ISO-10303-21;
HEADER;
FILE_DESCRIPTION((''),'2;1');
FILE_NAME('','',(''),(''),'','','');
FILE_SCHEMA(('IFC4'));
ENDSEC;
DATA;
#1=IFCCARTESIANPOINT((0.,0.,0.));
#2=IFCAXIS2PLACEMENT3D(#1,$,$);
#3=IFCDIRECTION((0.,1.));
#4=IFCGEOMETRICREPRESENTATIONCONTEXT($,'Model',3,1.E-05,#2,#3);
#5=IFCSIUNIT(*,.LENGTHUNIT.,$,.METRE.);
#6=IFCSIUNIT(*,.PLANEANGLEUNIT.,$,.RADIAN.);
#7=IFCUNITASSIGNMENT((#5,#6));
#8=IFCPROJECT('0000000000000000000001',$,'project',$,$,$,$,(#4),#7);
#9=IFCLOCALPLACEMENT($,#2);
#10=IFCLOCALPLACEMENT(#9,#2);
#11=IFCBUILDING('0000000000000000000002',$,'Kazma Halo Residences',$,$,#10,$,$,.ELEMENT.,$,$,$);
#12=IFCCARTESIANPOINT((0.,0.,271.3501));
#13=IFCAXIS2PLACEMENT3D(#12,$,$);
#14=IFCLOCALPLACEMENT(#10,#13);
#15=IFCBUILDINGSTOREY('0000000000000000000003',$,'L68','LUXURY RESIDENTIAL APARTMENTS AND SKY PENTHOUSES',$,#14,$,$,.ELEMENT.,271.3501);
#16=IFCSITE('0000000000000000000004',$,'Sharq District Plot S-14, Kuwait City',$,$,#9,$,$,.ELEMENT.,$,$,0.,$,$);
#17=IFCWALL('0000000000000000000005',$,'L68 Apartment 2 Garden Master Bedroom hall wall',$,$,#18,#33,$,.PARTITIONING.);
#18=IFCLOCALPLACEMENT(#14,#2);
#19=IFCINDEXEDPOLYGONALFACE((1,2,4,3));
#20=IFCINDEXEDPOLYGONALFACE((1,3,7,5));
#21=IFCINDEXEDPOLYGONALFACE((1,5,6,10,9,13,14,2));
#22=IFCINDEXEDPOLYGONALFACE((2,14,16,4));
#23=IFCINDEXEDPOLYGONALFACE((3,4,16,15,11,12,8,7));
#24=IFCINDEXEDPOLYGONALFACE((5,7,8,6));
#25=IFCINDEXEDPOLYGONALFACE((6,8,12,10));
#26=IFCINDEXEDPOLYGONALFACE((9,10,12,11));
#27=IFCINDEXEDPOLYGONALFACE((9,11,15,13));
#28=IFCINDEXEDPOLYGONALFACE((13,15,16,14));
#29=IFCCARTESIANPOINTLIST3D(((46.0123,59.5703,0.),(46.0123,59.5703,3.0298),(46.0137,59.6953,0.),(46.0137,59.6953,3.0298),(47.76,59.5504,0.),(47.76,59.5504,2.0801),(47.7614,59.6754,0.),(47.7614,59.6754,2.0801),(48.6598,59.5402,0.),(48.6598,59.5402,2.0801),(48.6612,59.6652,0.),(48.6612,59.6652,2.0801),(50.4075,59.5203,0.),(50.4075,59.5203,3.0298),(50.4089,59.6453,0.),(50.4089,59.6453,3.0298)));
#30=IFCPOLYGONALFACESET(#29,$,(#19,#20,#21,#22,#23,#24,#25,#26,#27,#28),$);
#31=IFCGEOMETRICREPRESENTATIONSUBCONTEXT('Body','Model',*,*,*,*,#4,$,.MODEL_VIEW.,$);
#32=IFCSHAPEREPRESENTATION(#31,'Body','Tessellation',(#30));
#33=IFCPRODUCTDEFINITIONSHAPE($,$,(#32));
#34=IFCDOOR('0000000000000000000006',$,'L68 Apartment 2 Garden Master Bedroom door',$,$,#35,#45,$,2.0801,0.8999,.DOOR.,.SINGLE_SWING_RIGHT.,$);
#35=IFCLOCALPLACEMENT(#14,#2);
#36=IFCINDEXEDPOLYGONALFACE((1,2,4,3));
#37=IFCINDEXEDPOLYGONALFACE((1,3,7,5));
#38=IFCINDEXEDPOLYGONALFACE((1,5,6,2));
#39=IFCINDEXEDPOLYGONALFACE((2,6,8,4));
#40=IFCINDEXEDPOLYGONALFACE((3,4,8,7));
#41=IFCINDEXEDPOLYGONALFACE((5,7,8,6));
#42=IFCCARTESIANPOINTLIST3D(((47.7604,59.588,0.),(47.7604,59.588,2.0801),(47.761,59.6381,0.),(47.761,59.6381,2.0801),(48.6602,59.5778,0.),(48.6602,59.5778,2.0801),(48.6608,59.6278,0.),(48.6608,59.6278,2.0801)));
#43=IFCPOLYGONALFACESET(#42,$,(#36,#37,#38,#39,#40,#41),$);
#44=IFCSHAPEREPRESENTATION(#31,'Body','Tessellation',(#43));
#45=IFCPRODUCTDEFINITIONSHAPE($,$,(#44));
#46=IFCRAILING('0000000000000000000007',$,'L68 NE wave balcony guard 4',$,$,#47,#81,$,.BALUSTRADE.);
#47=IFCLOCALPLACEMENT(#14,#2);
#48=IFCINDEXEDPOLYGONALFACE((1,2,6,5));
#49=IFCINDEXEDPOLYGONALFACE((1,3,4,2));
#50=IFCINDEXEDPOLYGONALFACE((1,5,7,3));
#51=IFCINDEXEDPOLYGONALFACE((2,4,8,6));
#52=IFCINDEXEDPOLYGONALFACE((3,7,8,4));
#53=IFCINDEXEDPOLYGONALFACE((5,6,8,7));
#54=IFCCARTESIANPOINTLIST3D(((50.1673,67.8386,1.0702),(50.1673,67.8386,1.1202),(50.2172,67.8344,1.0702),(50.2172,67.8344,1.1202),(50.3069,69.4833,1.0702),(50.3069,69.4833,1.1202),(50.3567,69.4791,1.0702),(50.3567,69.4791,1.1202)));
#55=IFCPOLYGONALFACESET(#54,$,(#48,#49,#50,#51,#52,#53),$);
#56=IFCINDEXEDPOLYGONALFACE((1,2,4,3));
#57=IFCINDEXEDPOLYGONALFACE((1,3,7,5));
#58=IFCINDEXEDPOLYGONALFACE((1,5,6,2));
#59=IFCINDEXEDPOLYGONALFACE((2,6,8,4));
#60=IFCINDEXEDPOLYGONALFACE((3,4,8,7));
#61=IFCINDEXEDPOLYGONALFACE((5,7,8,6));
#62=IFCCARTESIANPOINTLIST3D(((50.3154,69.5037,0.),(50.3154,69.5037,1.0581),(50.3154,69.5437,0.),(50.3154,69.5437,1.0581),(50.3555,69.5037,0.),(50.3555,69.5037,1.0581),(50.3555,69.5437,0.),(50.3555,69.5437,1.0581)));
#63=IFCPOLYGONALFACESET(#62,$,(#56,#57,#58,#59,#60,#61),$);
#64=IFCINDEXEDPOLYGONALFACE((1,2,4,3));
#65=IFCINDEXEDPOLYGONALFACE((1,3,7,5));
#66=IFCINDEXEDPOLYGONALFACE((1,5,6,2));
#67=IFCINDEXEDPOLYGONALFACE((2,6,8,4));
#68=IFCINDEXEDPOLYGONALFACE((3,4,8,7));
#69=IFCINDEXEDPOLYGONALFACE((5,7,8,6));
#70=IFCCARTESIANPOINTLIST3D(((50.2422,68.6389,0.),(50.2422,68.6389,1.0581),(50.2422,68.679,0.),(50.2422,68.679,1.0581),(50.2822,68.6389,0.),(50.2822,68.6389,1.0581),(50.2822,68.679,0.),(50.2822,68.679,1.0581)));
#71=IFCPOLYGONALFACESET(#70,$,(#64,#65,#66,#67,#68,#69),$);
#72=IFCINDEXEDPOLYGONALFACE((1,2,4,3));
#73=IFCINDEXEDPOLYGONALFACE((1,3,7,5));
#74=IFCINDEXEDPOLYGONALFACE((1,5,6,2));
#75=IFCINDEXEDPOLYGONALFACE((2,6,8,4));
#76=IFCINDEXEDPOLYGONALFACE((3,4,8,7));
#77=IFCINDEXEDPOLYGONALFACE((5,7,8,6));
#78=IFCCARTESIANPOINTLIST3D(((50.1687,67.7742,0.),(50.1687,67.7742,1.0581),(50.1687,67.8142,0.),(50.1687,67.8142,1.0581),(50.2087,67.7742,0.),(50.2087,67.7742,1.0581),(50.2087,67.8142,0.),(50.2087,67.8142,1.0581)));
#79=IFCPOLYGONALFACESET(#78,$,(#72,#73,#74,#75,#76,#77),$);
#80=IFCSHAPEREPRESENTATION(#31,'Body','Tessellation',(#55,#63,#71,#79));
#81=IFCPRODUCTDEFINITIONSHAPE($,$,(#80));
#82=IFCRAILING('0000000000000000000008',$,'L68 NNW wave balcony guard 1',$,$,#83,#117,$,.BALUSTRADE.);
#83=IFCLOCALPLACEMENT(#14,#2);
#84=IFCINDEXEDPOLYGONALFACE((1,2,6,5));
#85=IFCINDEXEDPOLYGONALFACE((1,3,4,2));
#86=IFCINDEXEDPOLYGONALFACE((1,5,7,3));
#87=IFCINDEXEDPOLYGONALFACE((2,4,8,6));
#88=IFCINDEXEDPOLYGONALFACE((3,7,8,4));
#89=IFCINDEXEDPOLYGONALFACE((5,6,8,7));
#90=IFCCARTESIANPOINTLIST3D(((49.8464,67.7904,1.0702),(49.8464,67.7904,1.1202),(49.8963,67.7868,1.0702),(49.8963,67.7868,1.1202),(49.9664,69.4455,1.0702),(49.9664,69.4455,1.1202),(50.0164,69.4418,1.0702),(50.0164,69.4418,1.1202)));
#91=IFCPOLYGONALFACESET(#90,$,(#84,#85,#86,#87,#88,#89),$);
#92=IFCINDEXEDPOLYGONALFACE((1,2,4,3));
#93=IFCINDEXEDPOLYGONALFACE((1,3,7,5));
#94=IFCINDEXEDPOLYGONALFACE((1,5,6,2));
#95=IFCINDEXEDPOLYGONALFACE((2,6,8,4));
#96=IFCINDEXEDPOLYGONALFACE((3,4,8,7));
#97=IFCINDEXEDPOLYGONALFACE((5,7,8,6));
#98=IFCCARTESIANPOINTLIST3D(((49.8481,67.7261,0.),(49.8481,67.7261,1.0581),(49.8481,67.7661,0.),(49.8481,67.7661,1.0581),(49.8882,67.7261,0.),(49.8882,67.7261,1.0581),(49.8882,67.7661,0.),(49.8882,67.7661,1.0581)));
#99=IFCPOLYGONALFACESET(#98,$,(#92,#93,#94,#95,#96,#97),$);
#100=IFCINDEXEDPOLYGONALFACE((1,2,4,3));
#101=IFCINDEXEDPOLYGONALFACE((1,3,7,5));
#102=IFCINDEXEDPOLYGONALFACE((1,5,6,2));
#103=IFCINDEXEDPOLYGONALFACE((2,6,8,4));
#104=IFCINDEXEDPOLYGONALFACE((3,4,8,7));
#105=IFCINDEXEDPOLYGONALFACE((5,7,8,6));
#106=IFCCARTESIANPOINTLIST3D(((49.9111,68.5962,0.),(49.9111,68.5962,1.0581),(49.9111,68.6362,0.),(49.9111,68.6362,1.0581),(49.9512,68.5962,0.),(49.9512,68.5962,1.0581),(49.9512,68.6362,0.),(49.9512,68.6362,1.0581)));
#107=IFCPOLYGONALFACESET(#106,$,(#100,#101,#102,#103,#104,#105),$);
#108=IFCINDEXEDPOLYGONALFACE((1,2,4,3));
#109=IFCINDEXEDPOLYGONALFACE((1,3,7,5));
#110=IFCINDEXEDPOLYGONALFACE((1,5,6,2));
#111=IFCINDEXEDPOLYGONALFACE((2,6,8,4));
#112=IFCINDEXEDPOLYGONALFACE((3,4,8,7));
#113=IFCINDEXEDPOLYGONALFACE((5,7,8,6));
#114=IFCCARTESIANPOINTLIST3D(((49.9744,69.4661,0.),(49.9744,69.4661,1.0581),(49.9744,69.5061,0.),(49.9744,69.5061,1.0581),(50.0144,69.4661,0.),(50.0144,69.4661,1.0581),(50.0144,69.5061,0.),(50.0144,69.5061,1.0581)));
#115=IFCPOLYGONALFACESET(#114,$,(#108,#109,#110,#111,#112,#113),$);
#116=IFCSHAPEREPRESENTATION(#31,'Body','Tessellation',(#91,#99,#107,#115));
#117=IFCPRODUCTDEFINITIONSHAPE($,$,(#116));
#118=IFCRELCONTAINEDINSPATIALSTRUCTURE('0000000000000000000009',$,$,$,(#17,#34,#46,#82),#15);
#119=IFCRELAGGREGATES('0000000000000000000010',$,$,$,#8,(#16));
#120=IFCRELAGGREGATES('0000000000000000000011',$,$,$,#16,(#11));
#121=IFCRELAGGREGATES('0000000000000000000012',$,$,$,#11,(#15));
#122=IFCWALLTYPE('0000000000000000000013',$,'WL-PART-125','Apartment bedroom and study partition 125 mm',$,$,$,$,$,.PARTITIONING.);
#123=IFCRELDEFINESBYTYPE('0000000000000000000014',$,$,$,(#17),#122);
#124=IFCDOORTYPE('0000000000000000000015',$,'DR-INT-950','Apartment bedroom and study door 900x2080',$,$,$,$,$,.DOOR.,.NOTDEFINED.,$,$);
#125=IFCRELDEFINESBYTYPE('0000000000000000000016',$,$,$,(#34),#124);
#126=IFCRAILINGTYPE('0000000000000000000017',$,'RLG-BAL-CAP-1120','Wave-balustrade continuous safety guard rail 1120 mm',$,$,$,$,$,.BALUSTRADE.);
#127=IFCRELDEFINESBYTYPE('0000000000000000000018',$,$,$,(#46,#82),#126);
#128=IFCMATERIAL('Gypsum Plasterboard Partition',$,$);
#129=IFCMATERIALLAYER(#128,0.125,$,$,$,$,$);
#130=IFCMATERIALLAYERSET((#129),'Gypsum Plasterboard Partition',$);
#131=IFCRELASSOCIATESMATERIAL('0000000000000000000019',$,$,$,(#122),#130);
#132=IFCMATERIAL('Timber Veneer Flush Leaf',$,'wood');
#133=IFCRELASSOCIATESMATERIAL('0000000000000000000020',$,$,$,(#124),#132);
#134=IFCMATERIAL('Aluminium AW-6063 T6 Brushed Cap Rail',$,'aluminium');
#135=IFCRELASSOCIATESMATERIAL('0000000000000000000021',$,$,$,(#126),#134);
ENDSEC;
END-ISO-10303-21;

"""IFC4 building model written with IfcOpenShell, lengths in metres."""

from ifc_helpers import new_model, si_unit, direction, frame, frame_2d, origin, origin_2d, place, context, subcontext, project, spatial, rectangle, extrude, material, layer, layer_set, type_object, element, fill, save


model = new_model("IFC4")

# Units and contexts
model_context = context("Model", 3, precision=1e-05, world=origin(), true_north=direction((0.0, 1.0)))
body_context = subcontext(model_context, "Body", "Model", "MODEL_VIEW")
ifc_project = project(units=[si_unit("LENGTHUNIT", "METRE"), si_unit("PLANEANGLEUNIT", "RADIAN")], contexts=[model_context])

# Site, building, storey
site_placement = place(None, origin())
site = spatial("IfcSite", under=ifc_project, at=site_placement, Name="Sharq District Plot S-14, Kuwait City", CompositionType="ELEMENT", RefElevation=0.0)
building_placement = place(site_placement, origin())
building = spatial("IfcBuilding", under=site, at=building_placement, Name="Kazma Halo Residences", CompositionType="ELEMENT")
storey_placement = place(building_placement, frame((0.0, 0.0, 271.3501)))
storey = spatial("IfcBuildingStorey", under=building, at=storey_placement, Name="L68", Description="LUXURY RESIDENTIAL APARTMENTS AND SKY PENTHOUSES", CompositionType="ELEMENT", Elevation=271.3501)

# Shared definitions
ifc_material_1 = material(Name="Gypsum Plasterboard Partition")
ifc_layer_1 = layer(ifc_material_1, 0.125)
ifc_layer_set_1 = layer_set([ifc_layer_1], Name="Gypsum Plasterboard Partition")
wall_type_1 = type_object("IfcWallType", Name="WL-PART-125", Description="Apartment bedroom and study partition 125 mm", PredefinedType="PARTITIONING", material=ifc_layer_set_1)

# Wall, opening, door
wall_1_placement = place(storey_placement, frame((50.4082, 59.5828, 0.0), z_axis=(0.0, 0.0, 1.0), x_axis=(-0.999935, 0.011386, 0.0)))
wall_1 = element("IfcWall", 1, at=wall_1_placement, inside=storey, type_object=wall_type_1, Name="L68 Apartment 2 Garden Master Bedroom hall wall", PredefinedType="PARTITIONING", context=body_context, shape_type="SweptSolid", body=[
    extrude(rectangle(XDim=4.3955, YDim=0.125, at=frame_2d((2.1978, 0.0))), origin(), (0.0, 0.0, 1.0), 3.0298),
])
opening_1_placement = place(wall_1_placement, frame((1.7478, 0.0, 0.0)))
opening_1 = element("IfcOpeningElement", 2, at=opening_1_placement, cuts=wall_1, PredefinedType="OPENING", context=body_context, shape_type="SweptSolid", body=[
    extrude(rectangle(XDim=0.8999, YDim=2.0801, at=frame_2d((0.45, 1.04))), frame((0.0, 0.0725, 0.0), z_axis=(0.0, -1.0, 0.0), x_axis=(1.0, 0.0, 0.0)), (0.0, 0.0, 1.0), 0.145),
])
ifc_material_2 = material(Name="Timber Veneer Flush Leaf", Category="wood")
door_type_1 = type_object("IfcDoorType", Name="DR-INT-950", Description="Apartment bedroom and study door 900x2080", OperationType="NOTDEFINED", PredefinedType="DOOR", material=ifc_material_2)
door_1_placement = place(opening_1_placement, origin())
door_1 = element("IfcDoor", 3, at=door_1_placement, inside=storey, type_object=door_type_1, Name="L68 Apartment 2 Garden Master Bedroom door", OperationType="SINGLE_SWING_RIGHT", OverallHeight=2.0801, OverallWidth=0.8999, PredefinedType="DOOR", context=body_context, shape_type="SweptSolid", body=[
    extrude(rectangle(XDim=0.8999, YDim=2.0801, at=frame_2d((0.45, 1.04))), frame((0.0, 0.0249, 0.0), z_axis=(0.0, -1.0, 0.0), x_axis=(1.0, 0.0, 0.0)), (0.0, 0.0, 1.0), 0.05),
])
fill(opening_1, door_1)

# Railings
ifc_material_3 = material(Name="Aluminium AW-6063 T6 Brushed Cap Rail", Category="aluminium")
railing_type = type_object("IfcRailingType", Name="RLG-BAL-CAP-1120", Description="Wave-balustrade continuous safety guard rail 1120 mm", PredefinedType="BALUSTRADE", material=ifc_material_3)
railing_1_placement = place(storey_placement, frame((50.3354, 69.5237, 0.0)))
element("IfcRailing", 4, at=railing_1_placement, inside=storey, type_object=railing_type, Name="L68 NE wave balcony guard 4", PredefinedType="BALUSTRADE", context=body_context, shape_type="SweptSolid", body=[
    extrude(rectangle(XDim=0.05, YDim=0.05, at=origin_2d()), frame((-0.0037, -0.0425, 1.0952), z_axis=(-0.084535, -0.99642, 0.0), x_axis=(0.99642, -0.084535, 0.0)), (0.0, 0.0, 1.0), 1.6506),
    extrude(rectangle(XDim=0.04, YDim=0.04, at=origin_2d()), origin(), (0.0, 0.0, 1.0), 1.0581),
    extrude(rectangle(XDim=0.04, YDim=0.04, at=origin_2d()), frame((-0.0732, -0.8647, 0.0)), (0.0, 0.0, 1.0), 1.0581),
    extrude(rectangle(XDim=0.04, YDim=0.04, at=origin_2d()), frame((-0.1467, -1.7295, 0.0)), (0.0, 0.0, 1.0), 1.0581),
])
railing_2_placement = place(storey_placement, frame((49.8682, 67.7461, 0.0)))
element("IfcRailing", 5, at=railing_2_placement, inside=storey, type_object=railing_type, Name="L68 NNW wave balcony guard 1", PredefinedType="BALUSTRADE", context=body_context, shape_type="SweptSolid", body=[
    extrude(rectangle(XDim=0.05, YDim=0.05, at=origin_2d()), frame((0.0032, 0.0425, 1.0952), z_axis=(0.072351, 0.997379, 0.0), x_axis=(-0.997379, 0.072351, 0.0)), (0.0, 0.0, 1.0), 1.6594),
    extrude(rectangle(XDim=0.04, YDim=0.04, at=origin_2d()), origin(), (0.0, 0.0, 1.0), 1.0581),
    extrude(rectangle(XDim=0.04, YDim=0.04, at=origin_2d()), frame((0.063, 0.8701, 0.0)), (0.0, 0.0, 1.0), 1.0581),
    extrude(rectangle(XDim=0.04, YDim=0.04, at=origin_2d()), frame((0.1262, 1.74, 0.0)), (0.0, 0.0, 1.0), 1.0581),
])

save(model, "model.ifc")
